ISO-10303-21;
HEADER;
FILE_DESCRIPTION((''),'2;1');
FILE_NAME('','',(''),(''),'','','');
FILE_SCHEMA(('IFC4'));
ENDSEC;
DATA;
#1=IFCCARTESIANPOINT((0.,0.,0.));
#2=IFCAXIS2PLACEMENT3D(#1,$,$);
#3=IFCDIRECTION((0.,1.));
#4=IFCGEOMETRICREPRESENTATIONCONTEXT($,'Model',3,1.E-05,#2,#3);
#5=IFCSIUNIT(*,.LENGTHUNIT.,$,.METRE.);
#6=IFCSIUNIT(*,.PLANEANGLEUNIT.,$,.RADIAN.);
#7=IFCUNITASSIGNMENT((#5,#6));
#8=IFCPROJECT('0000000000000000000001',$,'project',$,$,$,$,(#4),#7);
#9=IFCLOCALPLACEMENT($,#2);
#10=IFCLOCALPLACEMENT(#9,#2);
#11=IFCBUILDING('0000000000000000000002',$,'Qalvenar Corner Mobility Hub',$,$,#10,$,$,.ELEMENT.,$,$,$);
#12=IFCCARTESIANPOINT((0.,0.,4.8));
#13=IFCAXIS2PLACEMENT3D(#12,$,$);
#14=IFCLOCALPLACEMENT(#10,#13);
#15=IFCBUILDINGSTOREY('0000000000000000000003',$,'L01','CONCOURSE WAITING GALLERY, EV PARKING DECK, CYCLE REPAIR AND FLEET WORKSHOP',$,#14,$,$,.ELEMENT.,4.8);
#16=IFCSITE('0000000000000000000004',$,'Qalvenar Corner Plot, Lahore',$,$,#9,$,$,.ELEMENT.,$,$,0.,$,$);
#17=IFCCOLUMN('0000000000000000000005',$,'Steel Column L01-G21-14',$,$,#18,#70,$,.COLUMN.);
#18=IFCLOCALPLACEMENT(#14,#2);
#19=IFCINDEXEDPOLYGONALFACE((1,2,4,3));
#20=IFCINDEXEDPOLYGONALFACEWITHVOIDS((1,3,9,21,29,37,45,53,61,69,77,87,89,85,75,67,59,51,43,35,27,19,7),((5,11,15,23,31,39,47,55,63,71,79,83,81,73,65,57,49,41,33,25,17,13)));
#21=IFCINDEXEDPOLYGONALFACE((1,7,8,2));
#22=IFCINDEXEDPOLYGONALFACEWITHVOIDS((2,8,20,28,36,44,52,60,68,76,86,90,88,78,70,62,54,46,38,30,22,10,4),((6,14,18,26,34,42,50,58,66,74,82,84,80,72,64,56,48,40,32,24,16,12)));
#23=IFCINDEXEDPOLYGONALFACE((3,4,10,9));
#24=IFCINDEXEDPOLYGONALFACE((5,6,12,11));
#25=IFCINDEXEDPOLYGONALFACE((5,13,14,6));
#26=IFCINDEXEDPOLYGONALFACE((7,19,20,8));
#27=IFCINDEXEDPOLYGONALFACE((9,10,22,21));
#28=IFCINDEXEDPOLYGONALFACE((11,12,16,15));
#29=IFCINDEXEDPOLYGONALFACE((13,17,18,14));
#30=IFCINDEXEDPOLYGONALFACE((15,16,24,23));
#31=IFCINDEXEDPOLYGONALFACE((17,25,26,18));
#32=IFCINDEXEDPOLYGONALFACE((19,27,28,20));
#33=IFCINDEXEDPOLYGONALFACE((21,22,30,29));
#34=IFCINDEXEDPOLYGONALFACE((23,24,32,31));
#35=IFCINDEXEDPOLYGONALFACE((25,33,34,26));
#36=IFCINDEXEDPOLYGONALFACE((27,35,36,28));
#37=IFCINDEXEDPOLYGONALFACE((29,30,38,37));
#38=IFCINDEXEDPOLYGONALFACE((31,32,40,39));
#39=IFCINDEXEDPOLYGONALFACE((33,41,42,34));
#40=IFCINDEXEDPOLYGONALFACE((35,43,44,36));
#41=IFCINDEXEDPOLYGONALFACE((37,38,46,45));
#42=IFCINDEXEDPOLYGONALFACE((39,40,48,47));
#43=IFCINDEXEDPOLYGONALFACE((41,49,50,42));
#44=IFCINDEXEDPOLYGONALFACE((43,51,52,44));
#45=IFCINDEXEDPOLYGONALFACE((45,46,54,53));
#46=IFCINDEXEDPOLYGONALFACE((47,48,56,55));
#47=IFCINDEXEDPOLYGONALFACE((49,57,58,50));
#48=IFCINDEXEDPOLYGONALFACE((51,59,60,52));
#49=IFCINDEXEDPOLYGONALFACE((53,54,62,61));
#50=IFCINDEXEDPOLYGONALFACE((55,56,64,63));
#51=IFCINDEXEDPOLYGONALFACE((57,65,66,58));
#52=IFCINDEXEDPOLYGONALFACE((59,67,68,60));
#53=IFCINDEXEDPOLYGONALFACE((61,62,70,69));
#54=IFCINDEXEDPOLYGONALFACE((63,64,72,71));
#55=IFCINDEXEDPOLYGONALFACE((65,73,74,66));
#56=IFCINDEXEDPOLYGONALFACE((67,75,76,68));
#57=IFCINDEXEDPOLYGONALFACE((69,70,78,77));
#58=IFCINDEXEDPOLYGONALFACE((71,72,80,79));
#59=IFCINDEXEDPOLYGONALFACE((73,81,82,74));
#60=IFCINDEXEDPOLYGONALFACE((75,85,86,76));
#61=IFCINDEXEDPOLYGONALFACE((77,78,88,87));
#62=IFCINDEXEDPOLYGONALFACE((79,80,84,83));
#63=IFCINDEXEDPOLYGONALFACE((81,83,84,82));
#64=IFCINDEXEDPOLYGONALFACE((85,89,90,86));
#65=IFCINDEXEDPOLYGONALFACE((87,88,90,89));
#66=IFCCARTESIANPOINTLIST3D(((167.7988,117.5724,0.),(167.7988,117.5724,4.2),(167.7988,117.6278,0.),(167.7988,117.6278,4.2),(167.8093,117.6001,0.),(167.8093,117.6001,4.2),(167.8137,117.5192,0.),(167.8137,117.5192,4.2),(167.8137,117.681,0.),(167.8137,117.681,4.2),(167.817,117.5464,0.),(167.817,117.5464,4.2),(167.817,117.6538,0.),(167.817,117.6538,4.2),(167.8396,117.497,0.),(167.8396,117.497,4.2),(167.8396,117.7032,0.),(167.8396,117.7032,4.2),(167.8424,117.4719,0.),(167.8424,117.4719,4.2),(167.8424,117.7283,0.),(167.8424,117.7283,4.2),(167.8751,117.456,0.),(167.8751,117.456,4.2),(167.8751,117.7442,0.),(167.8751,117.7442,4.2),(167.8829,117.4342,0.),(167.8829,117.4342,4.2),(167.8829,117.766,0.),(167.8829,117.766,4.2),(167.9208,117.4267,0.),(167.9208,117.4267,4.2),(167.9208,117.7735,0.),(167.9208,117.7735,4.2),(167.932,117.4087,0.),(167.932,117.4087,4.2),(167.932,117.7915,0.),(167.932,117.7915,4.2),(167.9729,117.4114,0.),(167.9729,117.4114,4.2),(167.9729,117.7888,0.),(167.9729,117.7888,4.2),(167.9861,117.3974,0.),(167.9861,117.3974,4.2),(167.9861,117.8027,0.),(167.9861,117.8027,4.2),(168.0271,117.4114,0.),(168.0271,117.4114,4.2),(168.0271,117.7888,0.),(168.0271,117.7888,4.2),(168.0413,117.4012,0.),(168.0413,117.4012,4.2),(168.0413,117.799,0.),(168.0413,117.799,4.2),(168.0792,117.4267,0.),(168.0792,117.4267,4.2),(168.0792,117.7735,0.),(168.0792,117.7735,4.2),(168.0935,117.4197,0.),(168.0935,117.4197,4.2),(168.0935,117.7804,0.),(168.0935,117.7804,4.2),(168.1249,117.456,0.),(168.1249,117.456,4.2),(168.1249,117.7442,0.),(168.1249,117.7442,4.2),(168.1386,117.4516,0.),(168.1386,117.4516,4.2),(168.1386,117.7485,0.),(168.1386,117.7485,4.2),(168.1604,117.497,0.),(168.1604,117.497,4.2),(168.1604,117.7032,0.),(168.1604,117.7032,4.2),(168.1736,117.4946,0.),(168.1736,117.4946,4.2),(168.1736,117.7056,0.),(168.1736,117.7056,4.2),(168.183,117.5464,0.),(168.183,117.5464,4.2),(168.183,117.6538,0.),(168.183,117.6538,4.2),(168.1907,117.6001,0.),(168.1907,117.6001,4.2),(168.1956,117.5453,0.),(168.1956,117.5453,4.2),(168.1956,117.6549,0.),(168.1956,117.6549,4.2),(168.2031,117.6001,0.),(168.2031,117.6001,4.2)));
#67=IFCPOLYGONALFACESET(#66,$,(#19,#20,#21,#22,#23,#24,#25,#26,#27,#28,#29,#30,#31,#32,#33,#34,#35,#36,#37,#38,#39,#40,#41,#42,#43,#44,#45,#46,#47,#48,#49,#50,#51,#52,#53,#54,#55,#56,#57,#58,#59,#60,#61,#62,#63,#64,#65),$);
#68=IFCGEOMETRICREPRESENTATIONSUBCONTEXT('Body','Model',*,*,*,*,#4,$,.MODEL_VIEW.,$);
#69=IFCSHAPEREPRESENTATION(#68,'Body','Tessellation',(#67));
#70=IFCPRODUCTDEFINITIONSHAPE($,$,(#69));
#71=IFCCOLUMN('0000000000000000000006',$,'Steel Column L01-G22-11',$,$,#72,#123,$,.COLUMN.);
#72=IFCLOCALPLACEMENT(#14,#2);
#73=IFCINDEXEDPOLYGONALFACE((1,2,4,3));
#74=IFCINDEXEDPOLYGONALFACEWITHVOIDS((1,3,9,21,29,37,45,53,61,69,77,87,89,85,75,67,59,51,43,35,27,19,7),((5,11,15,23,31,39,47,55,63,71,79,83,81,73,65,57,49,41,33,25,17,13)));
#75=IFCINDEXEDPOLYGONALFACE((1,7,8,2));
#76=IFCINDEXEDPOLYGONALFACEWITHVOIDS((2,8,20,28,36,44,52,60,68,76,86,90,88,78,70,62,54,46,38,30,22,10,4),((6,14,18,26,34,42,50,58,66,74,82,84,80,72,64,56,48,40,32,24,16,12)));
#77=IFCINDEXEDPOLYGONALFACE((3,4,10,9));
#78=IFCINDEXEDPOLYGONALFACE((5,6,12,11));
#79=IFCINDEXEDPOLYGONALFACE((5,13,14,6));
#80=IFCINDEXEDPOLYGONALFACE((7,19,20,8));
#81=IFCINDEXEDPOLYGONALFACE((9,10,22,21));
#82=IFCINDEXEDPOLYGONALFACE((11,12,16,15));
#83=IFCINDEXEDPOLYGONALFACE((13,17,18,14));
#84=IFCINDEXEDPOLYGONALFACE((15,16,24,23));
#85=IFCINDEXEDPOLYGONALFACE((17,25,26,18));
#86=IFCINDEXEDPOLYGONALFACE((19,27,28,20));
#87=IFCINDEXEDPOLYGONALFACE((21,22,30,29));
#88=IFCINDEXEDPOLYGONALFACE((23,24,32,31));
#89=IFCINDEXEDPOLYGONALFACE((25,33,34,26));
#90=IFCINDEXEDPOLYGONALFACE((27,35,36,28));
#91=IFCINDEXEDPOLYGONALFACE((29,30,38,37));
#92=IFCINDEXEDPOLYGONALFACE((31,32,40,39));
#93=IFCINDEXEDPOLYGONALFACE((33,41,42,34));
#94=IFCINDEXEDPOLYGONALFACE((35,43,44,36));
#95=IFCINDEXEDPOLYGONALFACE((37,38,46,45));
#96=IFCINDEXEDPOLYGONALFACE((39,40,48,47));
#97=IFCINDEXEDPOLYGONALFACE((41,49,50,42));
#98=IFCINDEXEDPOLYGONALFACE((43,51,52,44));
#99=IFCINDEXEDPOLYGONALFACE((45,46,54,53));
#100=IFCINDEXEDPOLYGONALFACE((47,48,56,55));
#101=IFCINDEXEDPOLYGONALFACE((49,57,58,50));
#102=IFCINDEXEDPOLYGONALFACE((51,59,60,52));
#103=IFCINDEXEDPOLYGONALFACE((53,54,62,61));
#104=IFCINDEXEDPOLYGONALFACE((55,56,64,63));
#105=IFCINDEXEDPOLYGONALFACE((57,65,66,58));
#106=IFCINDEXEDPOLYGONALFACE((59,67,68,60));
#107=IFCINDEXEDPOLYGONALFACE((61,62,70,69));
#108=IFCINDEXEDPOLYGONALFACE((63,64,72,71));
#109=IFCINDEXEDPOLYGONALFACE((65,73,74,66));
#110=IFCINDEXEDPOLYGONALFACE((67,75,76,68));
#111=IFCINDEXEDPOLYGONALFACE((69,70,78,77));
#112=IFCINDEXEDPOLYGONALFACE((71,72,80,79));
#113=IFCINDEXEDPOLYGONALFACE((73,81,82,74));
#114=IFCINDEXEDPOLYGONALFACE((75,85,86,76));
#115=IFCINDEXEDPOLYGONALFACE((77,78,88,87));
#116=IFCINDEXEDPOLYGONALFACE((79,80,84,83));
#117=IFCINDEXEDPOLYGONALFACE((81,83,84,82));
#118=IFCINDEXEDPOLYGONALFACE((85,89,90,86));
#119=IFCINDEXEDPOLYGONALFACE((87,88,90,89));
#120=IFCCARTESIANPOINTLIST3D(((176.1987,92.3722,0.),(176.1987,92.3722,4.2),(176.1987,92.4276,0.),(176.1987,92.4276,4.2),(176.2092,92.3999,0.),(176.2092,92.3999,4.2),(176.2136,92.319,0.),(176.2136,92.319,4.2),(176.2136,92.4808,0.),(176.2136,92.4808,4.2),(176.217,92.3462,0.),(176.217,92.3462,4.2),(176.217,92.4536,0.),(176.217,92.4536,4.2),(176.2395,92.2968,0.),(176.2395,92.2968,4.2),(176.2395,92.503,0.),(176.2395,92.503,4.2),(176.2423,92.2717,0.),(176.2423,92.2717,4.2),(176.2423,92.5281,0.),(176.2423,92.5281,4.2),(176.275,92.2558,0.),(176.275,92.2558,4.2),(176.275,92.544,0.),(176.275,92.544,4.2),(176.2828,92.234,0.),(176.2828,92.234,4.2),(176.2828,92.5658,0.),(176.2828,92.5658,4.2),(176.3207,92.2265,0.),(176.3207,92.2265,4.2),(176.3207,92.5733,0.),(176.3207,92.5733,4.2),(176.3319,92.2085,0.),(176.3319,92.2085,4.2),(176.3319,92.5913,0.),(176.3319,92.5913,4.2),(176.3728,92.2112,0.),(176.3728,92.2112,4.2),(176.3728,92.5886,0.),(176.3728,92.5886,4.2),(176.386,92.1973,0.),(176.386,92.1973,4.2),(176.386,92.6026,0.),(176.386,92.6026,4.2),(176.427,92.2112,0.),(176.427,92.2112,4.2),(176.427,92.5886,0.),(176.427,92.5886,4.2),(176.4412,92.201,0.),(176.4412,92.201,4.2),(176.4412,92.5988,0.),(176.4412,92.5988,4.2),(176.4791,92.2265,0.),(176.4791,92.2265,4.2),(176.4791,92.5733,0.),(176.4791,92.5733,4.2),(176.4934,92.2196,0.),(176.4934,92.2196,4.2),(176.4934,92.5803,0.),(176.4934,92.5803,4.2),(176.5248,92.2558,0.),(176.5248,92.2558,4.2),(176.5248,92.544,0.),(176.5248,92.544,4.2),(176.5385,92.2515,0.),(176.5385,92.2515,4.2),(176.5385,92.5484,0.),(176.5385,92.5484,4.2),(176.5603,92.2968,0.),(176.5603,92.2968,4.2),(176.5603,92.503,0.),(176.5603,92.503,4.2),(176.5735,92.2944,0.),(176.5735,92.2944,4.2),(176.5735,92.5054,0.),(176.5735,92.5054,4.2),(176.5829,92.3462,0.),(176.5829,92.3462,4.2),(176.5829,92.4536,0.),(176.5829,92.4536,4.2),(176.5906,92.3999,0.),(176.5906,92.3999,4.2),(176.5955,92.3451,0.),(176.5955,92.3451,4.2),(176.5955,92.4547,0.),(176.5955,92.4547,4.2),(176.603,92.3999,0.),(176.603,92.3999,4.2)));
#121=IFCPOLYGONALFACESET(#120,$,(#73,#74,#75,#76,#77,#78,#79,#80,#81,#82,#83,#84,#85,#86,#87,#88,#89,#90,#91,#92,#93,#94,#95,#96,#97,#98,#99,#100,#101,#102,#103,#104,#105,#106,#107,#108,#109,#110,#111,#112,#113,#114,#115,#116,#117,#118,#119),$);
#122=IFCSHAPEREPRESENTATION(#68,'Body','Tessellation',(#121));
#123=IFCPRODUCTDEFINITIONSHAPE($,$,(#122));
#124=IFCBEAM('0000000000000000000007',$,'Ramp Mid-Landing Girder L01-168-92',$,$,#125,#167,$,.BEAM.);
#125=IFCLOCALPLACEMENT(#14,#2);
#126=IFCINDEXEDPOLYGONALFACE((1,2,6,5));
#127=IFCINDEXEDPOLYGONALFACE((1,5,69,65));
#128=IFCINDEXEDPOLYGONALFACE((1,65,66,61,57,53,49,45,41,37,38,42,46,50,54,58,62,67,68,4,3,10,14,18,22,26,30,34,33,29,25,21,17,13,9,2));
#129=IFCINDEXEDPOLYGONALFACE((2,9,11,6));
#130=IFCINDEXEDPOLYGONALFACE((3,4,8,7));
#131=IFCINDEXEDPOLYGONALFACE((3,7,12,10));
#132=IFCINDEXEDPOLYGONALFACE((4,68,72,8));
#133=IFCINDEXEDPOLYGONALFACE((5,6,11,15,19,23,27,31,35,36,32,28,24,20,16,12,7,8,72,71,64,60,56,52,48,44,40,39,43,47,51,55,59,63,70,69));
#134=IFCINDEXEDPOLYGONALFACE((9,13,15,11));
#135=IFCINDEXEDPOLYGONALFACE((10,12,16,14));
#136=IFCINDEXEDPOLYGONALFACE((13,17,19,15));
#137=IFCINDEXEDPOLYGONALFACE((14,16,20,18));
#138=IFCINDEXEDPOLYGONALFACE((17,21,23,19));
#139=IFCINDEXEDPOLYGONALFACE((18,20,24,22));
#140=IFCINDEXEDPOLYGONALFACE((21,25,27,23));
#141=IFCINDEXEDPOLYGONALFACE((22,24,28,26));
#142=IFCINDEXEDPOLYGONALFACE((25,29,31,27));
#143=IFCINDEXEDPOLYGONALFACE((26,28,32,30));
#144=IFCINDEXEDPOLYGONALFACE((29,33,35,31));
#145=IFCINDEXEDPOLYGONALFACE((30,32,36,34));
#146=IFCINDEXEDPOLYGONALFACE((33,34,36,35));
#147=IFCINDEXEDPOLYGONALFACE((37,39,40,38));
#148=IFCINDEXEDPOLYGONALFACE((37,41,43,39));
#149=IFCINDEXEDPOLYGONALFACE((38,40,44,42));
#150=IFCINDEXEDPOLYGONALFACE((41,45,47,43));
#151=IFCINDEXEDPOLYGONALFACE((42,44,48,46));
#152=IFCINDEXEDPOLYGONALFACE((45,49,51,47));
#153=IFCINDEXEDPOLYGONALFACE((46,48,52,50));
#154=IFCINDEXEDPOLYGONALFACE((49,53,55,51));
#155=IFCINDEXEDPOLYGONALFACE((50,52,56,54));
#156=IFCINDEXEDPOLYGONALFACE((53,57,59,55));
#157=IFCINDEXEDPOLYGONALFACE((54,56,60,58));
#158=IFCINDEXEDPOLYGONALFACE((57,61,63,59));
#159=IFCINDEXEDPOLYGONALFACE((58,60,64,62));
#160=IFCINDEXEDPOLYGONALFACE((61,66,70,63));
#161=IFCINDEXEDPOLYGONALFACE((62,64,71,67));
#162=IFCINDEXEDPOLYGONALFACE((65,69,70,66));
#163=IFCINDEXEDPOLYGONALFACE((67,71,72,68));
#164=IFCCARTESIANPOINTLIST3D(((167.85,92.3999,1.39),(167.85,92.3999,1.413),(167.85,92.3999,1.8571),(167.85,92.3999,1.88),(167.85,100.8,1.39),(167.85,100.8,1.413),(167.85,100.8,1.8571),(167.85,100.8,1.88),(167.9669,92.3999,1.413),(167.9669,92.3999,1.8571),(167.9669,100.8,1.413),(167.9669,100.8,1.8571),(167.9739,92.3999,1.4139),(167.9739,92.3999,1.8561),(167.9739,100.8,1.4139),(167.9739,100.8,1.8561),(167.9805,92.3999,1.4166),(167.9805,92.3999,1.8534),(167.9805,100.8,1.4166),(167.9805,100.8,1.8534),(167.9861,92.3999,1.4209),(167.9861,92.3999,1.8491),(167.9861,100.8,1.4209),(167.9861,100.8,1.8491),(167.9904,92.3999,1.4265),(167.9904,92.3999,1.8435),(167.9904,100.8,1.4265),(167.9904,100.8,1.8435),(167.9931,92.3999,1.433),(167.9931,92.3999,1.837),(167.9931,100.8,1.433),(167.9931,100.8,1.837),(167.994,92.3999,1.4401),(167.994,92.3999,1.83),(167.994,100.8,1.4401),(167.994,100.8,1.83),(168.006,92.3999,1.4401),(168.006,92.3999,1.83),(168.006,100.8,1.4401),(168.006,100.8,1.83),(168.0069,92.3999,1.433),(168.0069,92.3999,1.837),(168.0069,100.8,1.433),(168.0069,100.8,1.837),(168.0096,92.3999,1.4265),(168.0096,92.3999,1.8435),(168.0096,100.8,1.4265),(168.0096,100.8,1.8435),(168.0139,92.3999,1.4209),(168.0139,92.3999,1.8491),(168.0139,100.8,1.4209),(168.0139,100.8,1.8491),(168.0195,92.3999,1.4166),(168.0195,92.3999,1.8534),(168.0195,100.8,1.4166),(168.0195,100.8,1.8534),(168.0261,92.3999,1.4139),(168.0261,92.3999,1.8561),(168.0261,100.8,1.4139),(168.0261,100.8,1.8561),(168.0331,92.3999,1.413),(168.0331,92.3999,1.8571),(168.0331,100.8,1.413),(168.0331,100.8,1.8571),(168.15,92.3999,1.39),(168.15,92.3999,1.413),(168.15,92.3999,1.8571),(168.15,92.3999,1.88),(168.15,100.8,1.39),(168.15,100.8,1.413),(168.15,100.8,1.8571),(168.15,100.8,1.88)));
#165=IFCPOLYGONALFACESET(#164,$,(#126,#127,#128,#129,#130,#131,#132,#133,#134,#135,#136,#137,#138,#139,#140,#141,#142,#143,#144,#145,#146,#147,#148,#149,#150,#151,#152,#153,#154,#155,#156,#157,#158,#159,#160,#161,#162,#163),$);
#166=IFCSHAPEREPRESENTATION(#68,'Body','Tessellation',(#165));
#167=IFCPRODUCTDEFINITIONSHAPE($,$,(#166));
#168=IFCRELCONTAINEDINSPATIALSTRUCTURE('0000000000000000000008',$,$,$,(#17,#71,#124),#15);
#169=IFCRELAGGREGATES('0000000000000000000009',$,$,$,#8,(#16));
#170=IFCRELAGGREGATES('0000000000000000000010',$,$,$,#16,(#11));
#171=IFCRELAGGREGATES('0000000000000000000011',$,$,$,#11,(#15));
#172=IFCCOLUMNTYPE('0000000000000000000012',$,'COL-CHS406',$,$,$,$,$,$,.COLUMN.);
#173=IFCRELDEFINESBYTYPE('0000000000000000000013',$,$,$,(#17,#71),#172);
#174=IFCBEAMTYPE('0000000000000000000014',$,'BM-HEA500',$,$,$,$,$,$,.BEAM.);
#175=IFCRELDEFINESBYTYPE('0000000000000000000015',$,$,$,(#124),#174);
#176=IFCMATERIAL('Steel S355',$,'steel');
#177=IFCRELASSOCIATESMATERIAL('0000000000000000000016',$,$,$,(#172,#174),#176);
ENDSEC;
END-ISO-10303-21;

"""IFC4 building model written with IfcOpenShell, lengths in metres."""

from ifc_helpers import new_model, si_unit, direction, frame, origin, origin_2d, place, context, subcontext, project, spatial, hollow_circle, i_section, extrude, material, material_profile, profile_set, type_object, element, save


model = new_model("IFC4")

# Units and contexts
model_context = context("Model", 3, precision=1e-05, world=origin(), true_north=direction((0.0, 1.0)))
body_context = subcontext(model_context, "Body", "Model", "MODEL_VIEW")
ifc_project = project(units=[si_unit("LENGTHUNIT", "METRE"), si_unit("PLANEANGLEUNIT", "RADIAN")], contexts=[model_context])

# Site, building, storey
site_placement = place(None, origin())
site = spatial("IfcSite", under=ifc_project, at=site_placement, Name="Qalvenar Corner Plot, Lahore", CompositionType="ELEMENT", RefElevation=0.0)
building_placement = place(site_placement, origin())
building = spatial("IfcBuilding", under=site, at=building_placement, Name="Qalvenar Corner Mobility Hub", CompositionType="ELEMENT")
storey_placement = place(building_placement, frame((0.0, 0.0, 4.8)))
storey = spatial("IfcBuildingStorey", under=building, at=storey_placement, Name="L01", Description="CONCOURSE WAITING GALLERY, EV PARKING DECK, CYCLE REPAIR AND FLEET WORKSHOP", CompositionType="ELEMENT", Elevation=4.8)

# Columns
ifc_material_1 = material(Name="Steel S355", Category="steel")
ifc_material_profile_1 = material_profile(ifc_material_1, hollow_circle(Radius=0.2031, WallThickness=0.0125, at=origin_2d()), Name="CHS406.4x12.5")
ifc_profile_set_1 = profile_set([ifc_material_profile_1], Name="Steel S355")
column_type = type_object("IfcColumnType", Name="COL-CHS406", PredefinedType="COLUMN", material=ifc_profile_set_1)
for number, where, z_axis, x_axis, name in (
    (1, (168.0, 117.6001, 0.0), (0.0, 0.0, 1.0), (1.0, 0.0, 0.0), "Steel Column L01-G21-14"),
    (2, (176.3999, 92.3999, 0.0), (0.0, 0.0, 1.0), (1.0, 0.0, 0.0), "Steel Column L01-G22-11"),
):
    element("IfcColumn", number, at=place(storey_placement, frame(where, z_axis=z_axis, x_axis=x_axis)), inside=storey, type_object=column_type, Name=name, PredefinedType="COLUMN", context=body_context, shape_type="SweptSolid", body=[
        extrude(hollow_circle(Radius=0.2031, WallThickness=0.0125, at=origin_2d()), origin(), (0.0, 0.0, 1.0), 4.2),
    ])

# Beam
ifc_material_profile_2 = material_profile(ifc_material_1, i_section(OverallWidth=0.3, OverallDepth=0.49, WebThickness=0.012, FlangeThickness=0.0229, FilletRadius=0.0271, at=origin_2d()), Name="HEA500")
ifc_profile_set_2 = profile_set([ifc_material_profile_2], Name="Steel S355")
beam_type_1 = type_object("IfcBeamType", Name="BM-HEA500", PredefinedType="BEAM", material=ifc_profile_set_2)
beam_1_placement = place(storey_placement, frame((168.0, 92.3999, 1.635), z_axis=(0.0, 1.0, 0.0), x_axis=(-1.0, 0.0, 0.0)))
element("IfcBeam", 3, at=beam_1_placement, inside=storey, type_object=beam_type_1, Name="Ramp Mid-Landing Girder L01-168-92", PredefinedType="BEAM", context=body_context, shape_type="SweptSolid", body=[
    extrude(i_section(OverallWidth=0.3, OverallDepth=0.49, WebThickness=0.012, FlangeThickness=0.0229, FilletRadius=0.0271, at=origin_2d()), origin(), (0.0, 0.0, 1.0), 8.4001),
])

save(model, "model.ifc")
